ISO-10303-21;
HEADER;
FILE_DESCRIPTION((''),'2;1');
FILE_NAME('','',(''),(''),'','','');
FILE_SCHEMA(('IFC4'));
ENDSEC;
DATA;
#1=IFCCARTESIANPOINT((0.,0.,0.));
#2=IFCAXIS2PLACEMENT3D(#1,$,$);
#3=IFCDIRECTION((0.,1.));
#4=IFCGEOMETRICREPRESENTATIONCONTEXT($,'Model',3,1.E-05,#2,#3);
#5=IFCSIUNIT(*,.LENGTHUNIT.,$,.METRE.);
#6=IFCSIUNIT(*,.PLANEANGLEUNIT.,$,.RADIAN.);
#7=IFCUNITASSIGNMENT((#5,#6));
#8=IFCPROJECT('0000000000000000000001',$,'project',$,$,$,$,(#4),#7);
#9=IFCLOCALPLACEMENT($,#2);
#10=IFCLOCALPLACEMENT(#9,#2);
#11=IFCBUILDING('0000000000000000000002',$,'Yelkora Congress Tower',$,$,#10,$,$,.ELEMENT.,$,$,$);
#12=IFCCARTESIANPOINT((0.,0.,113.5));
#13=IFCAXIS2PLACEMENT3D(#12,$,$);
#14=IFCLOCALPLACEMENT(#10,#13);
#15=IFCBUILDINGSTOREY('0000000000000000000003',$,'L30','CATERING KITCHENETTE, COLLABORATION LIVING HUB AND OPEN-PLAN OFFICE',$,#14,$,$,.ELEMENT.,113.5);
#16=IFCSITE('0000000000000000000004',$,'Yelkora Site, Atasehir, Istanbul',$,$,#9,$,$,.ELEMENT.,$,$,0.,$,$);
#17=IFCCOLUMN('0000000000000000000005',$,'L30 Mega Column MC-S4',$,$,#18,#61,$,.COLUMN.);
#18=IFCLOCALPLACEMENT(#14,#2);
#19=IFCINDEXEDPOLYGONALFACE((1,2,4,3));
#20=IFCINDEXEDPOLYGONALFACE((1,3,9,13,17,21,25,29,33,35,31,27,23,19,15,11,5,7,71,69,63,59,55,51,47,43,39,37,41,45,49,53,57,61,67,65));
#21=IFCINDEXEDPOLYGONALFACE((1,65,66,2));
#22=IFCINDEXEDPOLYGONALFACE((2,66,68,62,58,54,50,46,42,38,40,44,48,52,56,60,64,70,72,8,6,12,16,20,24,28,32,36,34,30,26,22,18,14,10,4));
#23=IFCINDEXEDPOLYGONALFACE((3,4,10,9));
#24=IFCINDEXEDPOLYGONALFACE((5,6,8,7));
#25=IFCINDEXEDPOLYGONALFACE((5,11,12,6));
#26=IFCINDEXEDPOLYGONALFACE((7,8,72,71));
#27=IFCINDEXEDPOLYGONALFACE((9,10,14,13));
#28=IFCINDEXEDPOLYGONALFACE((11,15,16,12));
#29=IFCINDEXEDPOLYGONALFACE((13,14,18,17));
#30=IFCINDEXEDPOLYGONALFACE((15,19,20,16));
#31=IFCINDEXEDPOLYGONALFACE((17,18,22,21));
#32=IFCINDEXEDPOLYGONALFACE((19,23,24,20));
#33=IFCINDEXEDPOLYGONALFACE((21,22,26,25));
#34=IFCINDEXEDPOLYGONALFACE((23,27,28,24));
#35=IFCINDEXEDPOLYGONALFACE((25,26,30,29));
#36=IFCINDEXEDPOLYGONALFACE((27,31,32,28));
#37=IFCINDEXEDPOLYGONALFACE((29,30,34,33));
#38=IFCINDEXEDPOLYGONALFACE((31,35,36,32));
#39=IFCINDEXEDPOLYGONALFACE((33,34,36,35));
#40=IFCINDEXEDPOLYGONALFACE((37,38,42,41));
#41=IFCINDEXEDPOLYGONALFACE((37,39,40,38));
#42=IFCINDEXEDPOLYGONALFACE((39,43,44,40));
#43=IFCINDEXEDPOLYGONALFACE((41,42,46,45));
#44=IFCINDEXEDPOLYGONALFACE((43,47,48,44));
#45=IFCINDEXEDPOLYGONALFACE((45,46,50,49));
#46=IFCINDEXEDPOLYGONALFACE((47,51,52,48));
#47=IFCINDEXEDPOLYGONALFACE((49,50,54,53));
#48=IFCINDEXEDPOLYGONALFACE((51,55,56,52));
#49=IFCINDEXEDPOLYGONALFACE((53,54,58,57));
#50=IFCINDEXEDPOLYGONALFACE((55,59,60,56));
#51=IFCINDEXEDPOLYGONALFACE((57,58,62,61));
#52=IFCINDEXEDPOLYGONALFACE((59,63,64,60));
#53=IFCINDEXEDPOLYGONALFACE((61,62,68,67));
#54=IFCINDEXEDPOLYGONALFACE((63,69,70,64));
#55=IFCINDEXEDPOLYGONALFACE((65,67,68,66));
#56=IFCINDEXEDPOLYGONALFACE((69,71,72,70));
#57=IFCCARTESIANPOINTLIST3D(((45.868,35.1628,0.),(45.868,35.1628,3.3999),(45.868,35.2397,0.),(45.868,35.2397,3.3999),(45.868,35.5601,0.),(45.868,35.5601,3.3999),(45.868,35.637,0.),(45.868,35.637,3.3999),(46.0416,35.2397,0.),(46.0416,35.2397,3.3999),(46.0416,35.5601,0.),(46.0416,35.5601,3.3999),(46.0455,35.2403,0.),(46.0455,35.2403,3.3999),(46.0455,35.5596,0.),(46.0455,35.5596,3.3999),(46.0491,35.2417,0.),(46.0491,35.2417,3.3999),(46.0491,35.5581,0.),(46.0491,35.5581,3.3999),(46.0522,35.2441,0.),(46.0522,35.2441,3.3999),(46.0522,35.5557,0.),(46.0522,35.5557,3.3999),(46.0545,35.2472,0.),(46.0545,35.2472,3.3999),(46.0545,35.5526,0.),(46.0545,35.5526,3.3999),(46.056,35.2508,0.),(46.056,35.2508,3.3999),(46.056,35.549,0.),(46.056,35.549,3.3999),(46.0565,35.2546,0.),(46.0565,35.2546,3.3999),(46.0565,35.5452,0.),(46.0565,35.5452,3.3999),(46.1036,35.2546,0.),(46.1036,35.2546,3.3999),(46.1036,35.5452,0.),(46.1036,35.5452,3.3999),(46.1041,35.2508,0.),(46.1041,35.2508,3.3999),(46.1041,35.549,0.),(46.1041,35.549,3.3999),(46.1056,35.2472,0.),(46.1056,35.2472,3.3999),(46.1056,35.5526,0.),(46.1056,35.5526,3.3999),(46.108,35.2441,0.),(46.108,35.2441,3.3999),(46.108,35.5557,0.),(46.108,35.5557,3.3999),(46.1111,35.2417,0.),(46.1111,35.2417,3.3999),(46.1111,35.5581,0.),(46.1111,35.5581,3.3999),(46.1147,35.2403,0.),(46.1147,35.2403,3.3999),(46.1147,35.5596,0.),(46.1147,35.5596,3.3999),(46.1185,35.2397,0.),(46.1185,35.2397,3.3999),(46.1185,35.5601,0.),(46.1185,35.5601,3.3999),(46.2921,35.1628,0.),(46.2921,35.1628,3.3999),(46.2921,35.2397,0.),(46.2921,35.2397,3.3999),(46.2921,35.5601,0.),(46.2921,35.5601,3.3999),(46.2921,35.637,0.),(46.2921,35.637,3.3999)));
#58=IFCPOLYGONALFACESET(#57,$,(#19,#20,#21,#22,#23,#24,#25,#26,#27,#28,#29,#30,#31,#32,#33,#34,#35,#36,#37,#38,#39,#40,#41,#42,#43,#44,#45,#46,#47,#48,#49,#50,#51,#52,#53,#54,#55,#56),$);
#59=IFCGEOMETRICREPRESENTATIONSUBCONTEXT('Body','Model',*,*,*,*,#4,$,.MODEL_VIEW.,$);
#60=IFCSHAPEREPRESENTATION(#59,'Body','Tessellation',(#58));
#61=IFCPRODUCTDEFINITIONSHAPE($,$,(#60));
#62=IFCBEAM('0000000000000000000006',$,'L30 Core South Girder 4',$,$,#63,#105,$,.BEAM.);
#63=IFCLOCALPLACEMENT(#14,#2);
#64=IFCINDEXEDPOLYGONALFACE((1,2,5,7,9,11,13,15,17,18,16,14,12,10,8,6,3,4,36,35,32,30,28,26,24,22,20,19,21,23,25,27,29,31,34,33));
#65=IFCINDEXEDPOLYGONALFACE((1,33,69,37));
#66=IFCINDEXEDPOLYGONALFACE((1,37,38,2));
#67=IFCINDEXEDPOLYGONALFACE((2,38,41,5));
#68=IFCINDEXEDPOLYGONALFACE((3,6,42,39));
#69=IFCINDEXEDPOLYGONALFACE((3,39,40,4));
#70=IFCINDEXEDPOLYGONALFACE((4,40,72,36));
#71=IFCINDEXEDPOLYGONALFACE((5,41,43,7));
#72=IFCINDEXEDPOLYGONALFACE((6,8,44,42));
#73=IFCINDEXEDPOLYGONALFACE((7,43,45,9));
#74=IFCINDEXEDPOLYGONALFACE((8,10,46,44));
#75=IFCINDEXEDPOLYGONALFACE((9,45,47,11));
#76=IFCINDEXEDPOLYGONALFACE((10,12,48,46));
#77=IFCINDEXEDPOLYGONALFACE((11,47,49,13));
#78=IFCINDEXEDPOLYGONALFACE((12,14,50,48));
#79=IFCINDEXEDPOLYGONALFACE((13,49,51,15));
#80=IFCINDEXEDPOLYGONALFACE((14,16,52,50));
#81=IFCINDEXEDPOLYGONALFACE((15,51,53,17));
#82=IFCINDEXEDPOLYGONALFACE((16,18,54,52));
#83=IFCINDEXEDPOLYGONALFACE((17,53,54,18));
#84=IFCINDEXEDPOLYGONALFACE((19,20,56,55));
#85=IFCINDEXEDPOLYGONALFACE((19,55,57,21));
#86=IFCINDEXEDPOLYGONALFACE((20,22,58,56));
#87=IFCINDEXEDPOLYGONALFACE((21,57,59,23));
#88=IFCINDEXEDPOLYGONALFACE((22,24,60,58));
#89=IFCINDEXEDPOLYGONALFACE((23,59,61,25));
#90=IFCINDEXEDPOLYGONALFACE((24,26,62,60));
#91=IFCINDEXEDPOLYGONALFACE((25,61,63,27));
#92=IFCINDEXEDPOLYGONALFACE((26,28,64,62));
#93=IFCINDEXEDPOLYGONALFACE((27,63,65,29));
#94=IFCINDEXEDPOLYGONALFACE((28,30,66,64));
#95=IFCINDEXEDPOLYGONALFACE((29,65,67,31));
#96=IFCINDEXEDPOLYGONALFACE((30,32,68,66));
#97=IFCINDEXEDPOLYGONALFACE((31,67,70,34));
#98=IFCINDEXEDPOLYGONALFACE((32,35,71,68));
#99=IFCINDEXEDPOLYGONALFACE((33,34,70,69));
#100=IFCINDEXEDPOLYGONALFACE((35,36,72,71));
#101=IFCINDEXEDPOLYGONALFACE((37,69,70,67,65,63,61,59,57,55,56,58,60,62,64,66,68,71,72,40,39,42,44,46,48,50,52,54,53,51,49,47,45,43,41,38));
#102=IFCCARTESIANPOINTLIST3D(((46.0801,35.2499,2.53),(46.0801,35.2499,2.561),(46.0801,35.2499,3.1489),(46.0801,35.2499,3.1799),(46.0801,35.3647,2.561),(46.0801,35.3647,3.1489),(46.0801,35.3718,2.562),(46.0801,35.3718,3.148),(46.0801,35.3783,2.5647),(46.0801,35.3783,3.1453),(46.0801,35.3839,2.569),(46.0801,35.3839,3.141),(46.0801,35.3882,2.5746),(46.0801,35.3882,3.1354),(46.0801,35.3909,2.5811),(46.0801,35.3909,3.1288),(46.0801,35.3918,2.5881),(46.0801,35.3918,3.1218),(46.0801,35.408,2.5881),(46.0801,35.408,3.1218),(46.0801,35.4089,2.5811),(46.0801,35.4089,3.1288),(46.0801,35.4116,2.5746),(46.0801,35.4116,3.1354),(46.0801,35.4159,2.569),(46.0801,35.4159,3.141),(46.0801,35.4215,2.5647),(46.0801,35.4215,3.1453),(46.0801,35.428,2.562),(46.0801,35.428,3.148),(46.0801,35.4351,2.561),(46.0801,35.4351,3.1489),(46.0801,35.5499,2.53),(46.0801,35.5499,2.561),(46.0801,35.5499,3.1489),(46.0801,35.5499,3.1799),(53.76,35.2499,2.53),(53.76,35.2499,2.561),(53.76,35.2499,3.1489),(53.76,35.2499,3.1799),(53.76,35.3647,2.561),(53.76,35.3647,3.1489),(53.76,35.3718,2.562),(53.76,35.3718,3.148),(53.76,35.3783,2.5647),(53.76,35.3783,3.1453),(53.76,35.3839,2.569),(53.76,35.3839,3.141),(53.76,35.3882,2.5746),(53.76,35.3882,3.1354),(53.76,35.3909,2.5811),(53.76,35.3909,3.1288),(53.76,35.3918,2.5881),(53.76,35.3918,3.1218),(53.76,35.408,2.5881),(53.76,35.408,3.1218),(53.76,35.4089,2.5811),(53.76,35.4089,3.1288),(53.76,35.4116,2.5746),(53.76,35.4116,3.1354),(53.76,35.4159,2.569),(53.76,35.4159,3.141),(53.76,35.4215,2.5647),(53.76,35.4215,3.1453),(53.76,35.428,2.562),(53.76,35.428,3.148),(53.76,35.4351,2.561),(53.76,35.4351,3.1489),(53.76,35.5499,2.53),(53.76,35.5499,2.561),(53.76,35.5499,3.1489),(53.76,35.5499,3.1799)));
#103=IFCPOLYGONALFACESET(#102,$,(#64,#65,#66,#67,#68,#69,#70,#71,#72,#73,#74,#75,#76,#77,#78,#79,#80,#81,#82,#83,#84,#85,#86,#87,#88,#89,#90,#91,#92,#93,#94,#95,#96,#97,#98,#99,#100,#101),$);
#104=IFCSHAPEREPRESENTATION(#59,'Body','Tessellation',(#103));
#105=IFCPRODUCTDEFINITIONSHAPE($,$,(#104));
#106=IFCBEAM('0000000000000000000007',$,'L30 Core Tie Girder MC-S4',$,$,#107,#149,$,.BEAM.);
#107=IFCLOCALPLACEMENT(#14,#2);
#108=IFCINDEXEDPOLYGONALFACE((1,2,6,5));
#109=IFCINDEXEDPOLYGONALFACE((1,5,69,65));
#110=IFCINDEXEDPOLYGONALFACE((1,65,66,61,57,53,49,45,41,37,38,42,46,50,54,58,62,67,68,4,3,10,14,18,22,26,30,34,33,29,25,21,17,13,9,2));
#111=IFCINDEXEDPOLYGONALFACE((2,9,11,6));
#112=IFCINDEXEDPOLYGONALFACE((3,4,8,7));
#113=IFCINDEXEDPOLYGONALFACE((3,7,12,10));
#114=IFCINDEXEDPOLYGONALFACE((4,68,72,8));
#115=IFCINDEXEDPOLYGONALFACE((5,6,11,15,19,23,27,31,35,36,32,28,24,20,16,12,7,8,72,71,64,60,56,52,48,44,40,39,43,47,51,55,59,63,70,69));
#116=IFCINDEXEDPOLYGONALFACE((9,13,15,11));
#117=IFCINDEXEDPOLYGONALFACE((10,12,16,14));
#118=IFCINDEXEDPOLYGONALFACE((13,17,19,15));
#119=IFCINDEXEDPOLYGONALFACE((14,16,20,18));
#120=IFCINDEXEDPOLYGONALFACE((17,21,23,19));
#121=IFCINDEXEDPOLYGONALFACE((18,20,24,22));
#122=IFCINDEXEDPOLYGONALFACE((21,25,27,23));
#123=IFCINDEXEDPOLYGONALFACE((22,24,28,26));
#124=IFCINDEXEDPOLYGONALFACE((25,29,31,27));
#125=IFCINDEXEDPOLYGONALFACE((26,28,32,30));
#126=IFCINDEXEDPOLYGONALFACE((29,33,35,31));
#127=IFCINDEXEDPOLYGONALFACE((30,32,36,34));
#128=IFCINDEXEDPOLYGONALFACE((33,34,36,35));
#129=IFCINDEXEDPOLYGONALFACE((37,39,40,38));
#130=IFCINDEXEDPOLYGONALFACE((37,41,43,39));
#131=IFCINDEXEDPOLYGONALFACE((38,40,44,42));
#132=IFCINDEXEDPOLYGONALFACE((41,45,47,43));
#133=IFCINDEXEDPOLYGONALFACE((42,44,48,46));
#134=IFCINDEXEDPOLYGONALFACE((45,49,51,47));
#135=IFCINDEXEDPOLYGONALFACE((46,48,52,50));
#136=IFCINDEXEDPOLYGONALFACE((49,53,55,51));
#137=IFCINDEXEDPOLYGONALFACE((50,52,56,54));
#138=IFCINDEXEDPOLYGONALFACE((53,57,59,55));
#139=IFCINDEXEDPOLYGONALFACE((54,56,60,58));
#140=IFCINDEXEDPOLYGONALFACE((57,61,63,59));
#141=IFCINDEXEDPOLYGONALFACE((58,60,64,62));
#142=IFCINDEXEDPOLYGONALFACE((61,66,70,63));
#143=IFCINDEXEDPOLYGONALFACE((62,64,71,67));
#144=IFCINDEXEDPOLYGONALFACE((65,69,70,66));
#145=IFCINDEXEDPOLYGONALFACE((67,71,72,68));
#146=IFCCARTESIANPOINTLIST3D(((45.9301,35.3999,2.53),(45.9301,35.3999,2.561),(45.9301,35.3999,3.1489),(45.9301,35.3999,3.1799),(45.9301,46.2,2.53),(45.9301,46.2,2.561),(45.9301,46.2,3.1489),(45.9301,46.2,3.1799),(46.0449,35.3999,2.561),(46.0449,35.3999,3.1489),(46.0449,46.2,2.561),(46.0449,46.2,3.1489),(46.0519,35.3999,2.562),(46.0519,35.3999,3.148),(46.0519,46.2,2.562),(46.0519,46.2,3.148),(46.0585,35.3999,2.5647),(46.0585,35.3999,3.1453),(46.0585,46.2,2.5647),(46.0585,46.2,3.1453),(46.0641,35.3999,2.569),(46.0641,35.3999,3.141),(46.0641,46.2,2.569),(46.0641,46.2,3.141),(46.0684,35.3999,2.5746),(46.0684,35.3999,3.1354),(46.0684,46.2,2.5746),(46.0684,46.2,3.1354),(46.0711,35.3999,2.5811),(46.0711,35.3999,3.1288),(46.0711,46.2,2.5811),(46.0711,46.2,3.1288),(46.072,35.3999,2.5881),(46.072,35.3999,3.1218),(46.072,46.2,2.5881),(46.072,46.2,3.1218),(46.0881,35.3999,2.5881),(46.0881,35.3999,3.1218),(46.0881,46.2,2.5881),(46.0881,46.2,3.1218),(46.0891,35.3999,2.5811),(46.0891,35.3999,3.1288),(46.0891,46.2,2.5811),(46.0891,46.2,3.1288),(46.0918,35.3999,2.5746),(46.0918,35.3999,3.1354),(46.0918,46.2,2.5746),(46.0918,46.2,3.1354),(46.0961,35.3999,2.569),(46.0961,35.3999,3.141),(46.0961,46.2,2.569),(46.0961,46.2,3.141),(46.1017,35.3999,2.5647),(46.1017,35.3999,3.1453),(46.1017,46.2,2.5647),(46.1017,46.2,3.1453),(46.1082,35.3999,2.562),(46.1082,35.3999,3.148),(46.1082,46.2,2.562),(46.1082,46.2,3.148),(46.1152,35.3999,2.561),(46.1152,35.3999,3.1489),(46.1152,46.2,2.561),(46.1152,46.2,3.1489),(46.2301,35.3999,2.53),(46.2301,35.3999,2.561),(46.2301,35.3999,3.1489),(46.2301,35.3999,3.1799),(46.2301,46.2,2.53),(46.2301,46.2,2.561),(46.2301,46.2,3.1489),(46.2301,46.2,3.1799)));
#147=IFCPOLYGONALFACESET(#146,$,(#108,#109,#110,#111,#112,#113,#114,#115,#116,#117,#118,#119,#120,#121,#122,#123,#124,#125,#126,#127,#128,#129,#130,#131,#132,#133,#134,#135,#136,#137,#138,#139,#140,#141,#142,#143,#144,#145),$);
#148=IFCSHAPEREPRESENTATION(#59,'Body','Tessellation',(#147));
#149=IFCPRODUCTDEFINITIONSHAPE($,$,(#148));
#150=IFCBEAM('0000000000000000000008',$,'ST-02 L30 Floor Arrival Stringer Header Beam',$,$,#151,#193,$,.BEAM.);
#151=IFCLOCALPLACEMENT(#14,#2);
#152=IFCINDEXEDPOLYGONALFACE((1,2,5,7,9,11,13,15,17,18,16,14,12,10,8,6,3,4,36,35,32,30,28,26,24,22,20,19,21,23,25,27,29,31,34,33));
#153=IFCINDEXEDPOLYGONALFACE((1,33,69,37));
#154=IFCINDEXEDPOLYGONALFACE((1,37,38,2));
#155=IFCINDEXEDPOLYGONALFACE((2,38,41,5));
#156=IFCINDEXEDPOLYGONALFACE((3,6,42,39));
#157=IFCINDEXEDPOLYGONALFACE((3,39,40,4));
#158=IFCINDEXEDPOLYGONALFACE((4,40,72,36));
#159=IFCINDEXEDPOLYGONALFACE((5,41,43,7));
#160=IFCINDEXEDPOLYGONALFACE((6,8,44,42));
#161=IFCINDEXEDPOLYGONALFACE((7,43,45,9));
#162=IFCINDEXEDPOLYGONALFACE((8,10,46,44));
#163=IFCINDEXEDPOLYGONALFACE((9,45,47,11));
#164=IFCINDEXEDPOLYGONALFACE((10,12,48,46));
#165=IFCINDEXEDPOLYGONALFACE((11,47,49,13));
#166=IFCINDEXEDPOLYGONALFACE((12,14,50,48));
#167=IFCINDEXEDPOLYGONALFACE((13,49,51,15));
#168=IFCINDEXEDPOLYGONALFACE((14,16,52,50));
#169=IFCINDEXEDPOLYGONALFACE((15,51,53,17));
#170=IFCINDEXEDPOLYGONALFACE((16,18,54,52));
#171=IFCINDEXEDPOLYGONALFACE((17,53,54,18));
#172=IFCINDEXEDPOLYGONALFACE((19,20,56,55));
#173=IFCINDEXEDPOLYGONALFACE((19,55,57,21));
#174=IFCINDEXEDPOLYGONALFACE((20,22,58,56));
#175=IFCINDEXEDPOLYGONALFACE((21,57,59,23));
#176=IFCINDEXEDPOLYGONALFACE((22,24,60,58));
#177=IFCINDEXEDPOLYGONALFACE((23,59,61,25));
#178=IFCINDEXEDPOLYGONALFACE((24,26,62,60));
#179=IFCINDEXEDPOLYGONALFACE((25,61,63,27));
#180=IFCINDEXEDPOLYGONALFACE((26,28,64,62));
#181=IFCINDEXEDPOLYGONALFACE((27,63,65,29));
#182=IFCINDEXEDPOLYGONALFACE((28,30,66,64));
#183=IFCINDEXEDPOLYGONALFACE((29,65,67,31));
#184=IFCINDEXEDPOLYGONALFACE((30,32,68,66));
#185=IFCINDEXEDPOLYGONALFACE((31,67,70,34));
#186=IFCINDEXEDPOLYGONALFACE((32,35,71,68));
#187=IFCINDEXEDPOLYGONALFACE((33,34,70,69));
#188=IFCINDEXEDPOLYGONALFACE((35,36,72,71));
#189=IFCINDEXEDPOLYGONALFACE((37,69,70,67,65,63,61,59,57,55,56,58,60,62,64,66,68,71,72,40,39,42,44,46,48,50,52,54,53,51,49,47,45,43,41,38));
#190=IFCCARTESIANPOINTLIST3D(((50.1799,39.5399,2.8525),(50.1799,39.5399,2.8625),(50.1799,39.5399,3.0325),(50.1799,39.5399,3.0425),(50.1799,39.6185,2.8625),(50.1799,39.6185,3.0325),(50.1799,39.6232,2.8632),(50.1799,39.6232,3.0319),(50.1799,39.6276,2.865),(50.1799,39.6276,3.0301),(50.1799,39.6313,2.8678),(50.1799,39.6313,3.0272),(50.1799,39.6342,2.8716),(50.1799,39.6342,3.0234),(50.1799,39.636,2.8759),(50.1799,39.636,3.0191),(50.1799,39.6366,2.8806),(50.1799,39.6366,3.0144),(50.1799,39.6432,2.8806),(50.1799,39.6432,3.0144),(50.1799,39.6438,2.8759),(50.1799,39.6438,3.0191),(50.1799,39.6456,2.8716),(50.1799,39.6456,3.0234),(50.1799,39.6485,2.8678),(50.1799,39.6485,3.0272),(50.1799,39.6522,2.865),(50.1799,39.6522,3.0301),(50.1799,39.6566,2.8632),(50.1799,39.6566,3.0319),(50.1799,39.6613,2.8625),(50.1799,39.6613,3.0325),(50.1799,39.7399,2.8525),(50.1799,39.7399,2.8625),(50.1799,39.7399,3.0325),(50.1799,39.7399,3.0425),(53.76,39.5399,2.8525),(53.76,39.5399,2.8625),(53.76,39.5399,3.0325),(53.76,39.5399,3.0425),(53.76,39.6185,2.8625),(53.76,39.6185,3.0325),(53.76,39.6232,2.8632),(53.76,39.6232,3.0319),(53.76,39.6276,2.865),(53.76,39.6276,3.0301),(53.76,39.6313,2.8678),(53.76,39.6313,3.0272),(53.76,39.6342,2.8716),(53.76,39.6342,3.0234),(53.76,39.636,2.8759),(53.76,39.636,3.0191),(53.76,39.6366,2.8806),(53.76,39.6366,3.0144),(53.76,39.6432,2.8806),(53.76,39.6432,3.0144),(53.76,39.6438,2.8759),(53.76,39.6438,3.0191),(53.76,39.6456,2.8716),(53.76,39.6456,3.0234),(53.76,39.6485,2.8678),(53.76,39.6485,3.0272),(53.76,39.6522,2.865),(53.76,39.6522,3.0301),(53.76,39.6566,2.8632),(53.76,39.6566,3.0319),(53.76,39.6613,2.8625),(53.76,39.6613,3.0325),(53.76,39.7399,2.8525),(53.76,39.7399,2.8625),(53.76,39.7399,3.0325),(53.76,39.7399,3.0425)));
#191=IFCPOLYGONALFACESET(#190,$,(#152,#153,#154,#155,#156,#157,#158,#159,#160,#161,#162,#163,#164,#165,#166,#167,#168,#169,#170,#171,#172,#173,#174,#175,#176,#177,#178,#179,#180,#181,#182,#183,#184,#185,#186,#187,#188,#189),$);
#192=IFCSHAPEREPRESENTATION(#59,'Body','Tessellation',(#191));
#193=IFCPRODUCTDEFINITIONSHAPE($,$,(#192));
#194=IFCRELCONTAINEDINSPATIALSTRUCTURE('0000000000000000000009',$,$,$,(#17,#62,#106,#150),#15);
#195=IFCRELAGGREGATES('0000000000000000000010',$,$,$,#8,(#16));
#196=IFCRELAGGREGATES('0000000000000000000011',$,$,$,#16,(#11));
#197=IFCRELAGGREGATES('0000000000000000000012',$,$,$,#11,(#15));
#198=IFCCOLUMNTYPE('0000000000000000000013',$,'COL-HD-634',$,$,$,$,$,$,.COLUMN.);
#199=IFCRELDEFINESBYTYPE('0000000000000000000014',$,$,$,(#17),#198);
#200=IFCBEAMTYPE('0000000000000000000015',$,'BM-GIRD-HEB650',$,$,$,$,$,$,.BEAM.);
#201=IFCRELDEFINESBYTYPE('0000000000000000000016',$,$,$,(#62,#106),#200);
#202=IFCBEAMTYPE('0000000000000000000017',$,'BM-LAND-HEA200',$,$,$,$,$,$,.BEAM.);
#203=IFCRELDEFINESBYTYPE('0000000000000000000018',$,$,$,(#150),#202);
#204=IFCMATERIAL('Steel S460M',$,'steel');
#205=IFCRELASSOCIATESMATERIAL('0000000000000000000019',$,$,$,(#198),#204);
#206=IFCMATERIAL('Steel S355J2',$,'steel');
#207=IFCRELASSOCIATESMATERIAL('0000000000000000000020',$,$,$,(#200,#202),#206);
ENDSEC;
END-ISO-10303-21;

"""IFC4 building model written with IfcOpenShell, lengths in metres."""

from ifc_helpers import new_model, si_unit, direction, frame, origin, origin_2d, place, context, subcontext, project, spatial, i_section, extrude, material, material_profile, profile_set, type_object, element, save


model = new_model("IFC4")

# Units and contexts
model_context = context("Model", 3, precision=1e-05, world=origin(), true_north=direction((0.0, 1.0)))
body_context = subcontext(model_context, "Body", "Model", "MODEL_VIEW")
ifc_project = project(units=[si_unit("LENGTHUNIT", "METRE"), si_unit("PLANEANGLEUNIT", "RADIAN")], contexts=[model_context])

# Site, building, storey
site_placement = place(None, origin())
site = spatial("IfcSite", under=ifc_project, at=site_placement, Name="Yelkora Site, Atasehir, Istanbul", CompositionType="ELEMENT", RefElevation=0.0)
building_placement = place(site_placement, origin())
building = spatial("IfcBuilding", under=site, at=building_placement, Name="Yelkora Congress Tower", CompositionType="ELEMENT")
storey_placement = place(building_placement, frame((0.0, 0.0, 113.5)))
storey = spatial("IfcBuildingStorey", under=building, at=storey_placement, Name="L30", Description="CATERING KITCHENETTE, COLLABORATION LIVING HUB AND OPEN-PLAN OFFICE", CompositionType="ELEMENT", Elevation=113.5)

# Column
ifc_material_1 = material(Name="Steel S460M", Category="steel")
ifc_material_profile_1 = material_profile(ifc_material_1, i_section(OverallWidth=0.4241, OverallDepth=0.4741, WebThickness=0.0471, FlangeThickness=0.0769, FilletRadius=0.0149, at=origin_2d()), Name="HD 400x634")
ifc_profile_set_1 = profile_set([ifc_material_profile_1], Name="Steel S460M")
column_type = type_object("IfcColumnType", Name="COL-HD-634", PredefinedType="COLUMN", material=ifc_profile_set_1)
column_placement = place(storey_placement, frame((46.0801, 35.3999, 0.0), z_axis=(0.0, 0.0, 1.0), x_axis=(1.0, 0.0, 0.0)))
element("IfcColumn", 1, at=column_placement, inside=storey, type_object=column_type, Name="L30 Mega Column MC-S4", PredefinedType="COLUMN", context=body_context, shape_type="SweptSolid", body=[
    extrude(i_section(OverallWidth=0.4241, OverallDepth=0.4741, WebThickness=0.0471, FlangeThickness=0.0769, FilletRadius=0.0149, at=origin_2d()), origin(), (0.0, 0.0, 1.0), 3.3999),
])

# Beams
ifc_material_2 = material(Name="Steel S355J2", Category="steel")
ifc_material_profile_2 = material_profile(ifc_material_2, i_section(OverallWidth=0.3, OverallDepth=0.6499, WebThickness=0.0161, FlangeThickness=0.031, FilletRadius=0.0271, at=origin_2d()), Name="HEB 650")
ifc_profile_set_2 = profile_set([ifc_material_profile_2], Name="Steel S355J2")
beam_type_1 = type_object("IfcBeamType", Name="BM-GIRD-HEB650", PredefinedType="BEAM", material=ifc_profile_set_2)
beam_1_placement = place(storey_placement, frame((46.0801, 35.3999, 2.855), z_axis=(1.0, 0.0, 0.0), x_axis=(0.0, 1.0, 0.0)))
element("IfcBeam", 2, at=beam_1_placement, inside=storey, type_object=beam_type_1, Name="L30 Core South Girder 4", PredefinedType="BEAM", context=body_context, shape_type="SweptSolid", body=[
    extrude(i_section(OverallWidth=0.3, OverallDepth=0.6499, WebThickness=0.0161, FlangeThickness=0.031, FilletRadius=0.0271, at=origin_2d()), origin(), (0.0, 0.0, 1.0), 7.6799),
])
beam_2_placement = place(storey_placement, frame((46.0801, 35.3999, 2.855), z_axis=(0.0, 1.0, 0.0), x_axis=(-1.0, 0.0, 0.0)))
element("IfcBeam", 3, at=beam_2_placement, inside=storey, type_object=beam_type_1, Name="L30 Core Tie Girder MC-S4", PredefinedType="BEAM", context=body_context, shape_type="SweptSolid", body=[
    extrude(i_section(OverallWidth=0.3, OverallDepth=0.6499, WebThickness=0.0161, FlangeThickness=0.031, FilletRadius=0.0271, at=origin_2d()), origin(), (0.0, 0.0, 1.0), 10.8),
])
ifc_material_profile_3 = material_profile(ifc_material_2, i_section(OverallWidth=0.2, OverallDepth=0.1899, WebThickness=0.0066, FlangeThickness=0.01, FilletRadius=0.0181, at=origin_2d()), Name="HEA 200")
ifc_profile_set_3 = profile_set([ifc_material_profile_3], Name="Steel S355J2")
beam_type_2 = type_object("IfcBeamType", Name="BM-LAND-HEA200", PredefinedType="BEAM", material=ifc_profile_set_3)
beam_3_placement = place(storey_placement, frame((50.1799, 39.6399, 2.9475), z_axis=(1.0, 0.0, 0.0), x_axis=(0.0, 1.0, 0.0)))
element("IfcBeam", 4, at=beam_3_placement, inside=storey, type_object=beam_type_2, Name="ST-02 L30 Floor Arrival Stringer Header Beam", PredefinedType="BEAM", context=body_context, shape_type="SweptSolid", body=[
    extrude(i_section(OverallWidth=0.2, OverallDepth=0.1899, WebThickness=0.0066, FlangeThickness=0.01, FilletRadius=0.0181, at=origin_2d()), origin(), (0.0, 0.0, 1.0), 3.5801),
])

save(model, "model.ifc")
